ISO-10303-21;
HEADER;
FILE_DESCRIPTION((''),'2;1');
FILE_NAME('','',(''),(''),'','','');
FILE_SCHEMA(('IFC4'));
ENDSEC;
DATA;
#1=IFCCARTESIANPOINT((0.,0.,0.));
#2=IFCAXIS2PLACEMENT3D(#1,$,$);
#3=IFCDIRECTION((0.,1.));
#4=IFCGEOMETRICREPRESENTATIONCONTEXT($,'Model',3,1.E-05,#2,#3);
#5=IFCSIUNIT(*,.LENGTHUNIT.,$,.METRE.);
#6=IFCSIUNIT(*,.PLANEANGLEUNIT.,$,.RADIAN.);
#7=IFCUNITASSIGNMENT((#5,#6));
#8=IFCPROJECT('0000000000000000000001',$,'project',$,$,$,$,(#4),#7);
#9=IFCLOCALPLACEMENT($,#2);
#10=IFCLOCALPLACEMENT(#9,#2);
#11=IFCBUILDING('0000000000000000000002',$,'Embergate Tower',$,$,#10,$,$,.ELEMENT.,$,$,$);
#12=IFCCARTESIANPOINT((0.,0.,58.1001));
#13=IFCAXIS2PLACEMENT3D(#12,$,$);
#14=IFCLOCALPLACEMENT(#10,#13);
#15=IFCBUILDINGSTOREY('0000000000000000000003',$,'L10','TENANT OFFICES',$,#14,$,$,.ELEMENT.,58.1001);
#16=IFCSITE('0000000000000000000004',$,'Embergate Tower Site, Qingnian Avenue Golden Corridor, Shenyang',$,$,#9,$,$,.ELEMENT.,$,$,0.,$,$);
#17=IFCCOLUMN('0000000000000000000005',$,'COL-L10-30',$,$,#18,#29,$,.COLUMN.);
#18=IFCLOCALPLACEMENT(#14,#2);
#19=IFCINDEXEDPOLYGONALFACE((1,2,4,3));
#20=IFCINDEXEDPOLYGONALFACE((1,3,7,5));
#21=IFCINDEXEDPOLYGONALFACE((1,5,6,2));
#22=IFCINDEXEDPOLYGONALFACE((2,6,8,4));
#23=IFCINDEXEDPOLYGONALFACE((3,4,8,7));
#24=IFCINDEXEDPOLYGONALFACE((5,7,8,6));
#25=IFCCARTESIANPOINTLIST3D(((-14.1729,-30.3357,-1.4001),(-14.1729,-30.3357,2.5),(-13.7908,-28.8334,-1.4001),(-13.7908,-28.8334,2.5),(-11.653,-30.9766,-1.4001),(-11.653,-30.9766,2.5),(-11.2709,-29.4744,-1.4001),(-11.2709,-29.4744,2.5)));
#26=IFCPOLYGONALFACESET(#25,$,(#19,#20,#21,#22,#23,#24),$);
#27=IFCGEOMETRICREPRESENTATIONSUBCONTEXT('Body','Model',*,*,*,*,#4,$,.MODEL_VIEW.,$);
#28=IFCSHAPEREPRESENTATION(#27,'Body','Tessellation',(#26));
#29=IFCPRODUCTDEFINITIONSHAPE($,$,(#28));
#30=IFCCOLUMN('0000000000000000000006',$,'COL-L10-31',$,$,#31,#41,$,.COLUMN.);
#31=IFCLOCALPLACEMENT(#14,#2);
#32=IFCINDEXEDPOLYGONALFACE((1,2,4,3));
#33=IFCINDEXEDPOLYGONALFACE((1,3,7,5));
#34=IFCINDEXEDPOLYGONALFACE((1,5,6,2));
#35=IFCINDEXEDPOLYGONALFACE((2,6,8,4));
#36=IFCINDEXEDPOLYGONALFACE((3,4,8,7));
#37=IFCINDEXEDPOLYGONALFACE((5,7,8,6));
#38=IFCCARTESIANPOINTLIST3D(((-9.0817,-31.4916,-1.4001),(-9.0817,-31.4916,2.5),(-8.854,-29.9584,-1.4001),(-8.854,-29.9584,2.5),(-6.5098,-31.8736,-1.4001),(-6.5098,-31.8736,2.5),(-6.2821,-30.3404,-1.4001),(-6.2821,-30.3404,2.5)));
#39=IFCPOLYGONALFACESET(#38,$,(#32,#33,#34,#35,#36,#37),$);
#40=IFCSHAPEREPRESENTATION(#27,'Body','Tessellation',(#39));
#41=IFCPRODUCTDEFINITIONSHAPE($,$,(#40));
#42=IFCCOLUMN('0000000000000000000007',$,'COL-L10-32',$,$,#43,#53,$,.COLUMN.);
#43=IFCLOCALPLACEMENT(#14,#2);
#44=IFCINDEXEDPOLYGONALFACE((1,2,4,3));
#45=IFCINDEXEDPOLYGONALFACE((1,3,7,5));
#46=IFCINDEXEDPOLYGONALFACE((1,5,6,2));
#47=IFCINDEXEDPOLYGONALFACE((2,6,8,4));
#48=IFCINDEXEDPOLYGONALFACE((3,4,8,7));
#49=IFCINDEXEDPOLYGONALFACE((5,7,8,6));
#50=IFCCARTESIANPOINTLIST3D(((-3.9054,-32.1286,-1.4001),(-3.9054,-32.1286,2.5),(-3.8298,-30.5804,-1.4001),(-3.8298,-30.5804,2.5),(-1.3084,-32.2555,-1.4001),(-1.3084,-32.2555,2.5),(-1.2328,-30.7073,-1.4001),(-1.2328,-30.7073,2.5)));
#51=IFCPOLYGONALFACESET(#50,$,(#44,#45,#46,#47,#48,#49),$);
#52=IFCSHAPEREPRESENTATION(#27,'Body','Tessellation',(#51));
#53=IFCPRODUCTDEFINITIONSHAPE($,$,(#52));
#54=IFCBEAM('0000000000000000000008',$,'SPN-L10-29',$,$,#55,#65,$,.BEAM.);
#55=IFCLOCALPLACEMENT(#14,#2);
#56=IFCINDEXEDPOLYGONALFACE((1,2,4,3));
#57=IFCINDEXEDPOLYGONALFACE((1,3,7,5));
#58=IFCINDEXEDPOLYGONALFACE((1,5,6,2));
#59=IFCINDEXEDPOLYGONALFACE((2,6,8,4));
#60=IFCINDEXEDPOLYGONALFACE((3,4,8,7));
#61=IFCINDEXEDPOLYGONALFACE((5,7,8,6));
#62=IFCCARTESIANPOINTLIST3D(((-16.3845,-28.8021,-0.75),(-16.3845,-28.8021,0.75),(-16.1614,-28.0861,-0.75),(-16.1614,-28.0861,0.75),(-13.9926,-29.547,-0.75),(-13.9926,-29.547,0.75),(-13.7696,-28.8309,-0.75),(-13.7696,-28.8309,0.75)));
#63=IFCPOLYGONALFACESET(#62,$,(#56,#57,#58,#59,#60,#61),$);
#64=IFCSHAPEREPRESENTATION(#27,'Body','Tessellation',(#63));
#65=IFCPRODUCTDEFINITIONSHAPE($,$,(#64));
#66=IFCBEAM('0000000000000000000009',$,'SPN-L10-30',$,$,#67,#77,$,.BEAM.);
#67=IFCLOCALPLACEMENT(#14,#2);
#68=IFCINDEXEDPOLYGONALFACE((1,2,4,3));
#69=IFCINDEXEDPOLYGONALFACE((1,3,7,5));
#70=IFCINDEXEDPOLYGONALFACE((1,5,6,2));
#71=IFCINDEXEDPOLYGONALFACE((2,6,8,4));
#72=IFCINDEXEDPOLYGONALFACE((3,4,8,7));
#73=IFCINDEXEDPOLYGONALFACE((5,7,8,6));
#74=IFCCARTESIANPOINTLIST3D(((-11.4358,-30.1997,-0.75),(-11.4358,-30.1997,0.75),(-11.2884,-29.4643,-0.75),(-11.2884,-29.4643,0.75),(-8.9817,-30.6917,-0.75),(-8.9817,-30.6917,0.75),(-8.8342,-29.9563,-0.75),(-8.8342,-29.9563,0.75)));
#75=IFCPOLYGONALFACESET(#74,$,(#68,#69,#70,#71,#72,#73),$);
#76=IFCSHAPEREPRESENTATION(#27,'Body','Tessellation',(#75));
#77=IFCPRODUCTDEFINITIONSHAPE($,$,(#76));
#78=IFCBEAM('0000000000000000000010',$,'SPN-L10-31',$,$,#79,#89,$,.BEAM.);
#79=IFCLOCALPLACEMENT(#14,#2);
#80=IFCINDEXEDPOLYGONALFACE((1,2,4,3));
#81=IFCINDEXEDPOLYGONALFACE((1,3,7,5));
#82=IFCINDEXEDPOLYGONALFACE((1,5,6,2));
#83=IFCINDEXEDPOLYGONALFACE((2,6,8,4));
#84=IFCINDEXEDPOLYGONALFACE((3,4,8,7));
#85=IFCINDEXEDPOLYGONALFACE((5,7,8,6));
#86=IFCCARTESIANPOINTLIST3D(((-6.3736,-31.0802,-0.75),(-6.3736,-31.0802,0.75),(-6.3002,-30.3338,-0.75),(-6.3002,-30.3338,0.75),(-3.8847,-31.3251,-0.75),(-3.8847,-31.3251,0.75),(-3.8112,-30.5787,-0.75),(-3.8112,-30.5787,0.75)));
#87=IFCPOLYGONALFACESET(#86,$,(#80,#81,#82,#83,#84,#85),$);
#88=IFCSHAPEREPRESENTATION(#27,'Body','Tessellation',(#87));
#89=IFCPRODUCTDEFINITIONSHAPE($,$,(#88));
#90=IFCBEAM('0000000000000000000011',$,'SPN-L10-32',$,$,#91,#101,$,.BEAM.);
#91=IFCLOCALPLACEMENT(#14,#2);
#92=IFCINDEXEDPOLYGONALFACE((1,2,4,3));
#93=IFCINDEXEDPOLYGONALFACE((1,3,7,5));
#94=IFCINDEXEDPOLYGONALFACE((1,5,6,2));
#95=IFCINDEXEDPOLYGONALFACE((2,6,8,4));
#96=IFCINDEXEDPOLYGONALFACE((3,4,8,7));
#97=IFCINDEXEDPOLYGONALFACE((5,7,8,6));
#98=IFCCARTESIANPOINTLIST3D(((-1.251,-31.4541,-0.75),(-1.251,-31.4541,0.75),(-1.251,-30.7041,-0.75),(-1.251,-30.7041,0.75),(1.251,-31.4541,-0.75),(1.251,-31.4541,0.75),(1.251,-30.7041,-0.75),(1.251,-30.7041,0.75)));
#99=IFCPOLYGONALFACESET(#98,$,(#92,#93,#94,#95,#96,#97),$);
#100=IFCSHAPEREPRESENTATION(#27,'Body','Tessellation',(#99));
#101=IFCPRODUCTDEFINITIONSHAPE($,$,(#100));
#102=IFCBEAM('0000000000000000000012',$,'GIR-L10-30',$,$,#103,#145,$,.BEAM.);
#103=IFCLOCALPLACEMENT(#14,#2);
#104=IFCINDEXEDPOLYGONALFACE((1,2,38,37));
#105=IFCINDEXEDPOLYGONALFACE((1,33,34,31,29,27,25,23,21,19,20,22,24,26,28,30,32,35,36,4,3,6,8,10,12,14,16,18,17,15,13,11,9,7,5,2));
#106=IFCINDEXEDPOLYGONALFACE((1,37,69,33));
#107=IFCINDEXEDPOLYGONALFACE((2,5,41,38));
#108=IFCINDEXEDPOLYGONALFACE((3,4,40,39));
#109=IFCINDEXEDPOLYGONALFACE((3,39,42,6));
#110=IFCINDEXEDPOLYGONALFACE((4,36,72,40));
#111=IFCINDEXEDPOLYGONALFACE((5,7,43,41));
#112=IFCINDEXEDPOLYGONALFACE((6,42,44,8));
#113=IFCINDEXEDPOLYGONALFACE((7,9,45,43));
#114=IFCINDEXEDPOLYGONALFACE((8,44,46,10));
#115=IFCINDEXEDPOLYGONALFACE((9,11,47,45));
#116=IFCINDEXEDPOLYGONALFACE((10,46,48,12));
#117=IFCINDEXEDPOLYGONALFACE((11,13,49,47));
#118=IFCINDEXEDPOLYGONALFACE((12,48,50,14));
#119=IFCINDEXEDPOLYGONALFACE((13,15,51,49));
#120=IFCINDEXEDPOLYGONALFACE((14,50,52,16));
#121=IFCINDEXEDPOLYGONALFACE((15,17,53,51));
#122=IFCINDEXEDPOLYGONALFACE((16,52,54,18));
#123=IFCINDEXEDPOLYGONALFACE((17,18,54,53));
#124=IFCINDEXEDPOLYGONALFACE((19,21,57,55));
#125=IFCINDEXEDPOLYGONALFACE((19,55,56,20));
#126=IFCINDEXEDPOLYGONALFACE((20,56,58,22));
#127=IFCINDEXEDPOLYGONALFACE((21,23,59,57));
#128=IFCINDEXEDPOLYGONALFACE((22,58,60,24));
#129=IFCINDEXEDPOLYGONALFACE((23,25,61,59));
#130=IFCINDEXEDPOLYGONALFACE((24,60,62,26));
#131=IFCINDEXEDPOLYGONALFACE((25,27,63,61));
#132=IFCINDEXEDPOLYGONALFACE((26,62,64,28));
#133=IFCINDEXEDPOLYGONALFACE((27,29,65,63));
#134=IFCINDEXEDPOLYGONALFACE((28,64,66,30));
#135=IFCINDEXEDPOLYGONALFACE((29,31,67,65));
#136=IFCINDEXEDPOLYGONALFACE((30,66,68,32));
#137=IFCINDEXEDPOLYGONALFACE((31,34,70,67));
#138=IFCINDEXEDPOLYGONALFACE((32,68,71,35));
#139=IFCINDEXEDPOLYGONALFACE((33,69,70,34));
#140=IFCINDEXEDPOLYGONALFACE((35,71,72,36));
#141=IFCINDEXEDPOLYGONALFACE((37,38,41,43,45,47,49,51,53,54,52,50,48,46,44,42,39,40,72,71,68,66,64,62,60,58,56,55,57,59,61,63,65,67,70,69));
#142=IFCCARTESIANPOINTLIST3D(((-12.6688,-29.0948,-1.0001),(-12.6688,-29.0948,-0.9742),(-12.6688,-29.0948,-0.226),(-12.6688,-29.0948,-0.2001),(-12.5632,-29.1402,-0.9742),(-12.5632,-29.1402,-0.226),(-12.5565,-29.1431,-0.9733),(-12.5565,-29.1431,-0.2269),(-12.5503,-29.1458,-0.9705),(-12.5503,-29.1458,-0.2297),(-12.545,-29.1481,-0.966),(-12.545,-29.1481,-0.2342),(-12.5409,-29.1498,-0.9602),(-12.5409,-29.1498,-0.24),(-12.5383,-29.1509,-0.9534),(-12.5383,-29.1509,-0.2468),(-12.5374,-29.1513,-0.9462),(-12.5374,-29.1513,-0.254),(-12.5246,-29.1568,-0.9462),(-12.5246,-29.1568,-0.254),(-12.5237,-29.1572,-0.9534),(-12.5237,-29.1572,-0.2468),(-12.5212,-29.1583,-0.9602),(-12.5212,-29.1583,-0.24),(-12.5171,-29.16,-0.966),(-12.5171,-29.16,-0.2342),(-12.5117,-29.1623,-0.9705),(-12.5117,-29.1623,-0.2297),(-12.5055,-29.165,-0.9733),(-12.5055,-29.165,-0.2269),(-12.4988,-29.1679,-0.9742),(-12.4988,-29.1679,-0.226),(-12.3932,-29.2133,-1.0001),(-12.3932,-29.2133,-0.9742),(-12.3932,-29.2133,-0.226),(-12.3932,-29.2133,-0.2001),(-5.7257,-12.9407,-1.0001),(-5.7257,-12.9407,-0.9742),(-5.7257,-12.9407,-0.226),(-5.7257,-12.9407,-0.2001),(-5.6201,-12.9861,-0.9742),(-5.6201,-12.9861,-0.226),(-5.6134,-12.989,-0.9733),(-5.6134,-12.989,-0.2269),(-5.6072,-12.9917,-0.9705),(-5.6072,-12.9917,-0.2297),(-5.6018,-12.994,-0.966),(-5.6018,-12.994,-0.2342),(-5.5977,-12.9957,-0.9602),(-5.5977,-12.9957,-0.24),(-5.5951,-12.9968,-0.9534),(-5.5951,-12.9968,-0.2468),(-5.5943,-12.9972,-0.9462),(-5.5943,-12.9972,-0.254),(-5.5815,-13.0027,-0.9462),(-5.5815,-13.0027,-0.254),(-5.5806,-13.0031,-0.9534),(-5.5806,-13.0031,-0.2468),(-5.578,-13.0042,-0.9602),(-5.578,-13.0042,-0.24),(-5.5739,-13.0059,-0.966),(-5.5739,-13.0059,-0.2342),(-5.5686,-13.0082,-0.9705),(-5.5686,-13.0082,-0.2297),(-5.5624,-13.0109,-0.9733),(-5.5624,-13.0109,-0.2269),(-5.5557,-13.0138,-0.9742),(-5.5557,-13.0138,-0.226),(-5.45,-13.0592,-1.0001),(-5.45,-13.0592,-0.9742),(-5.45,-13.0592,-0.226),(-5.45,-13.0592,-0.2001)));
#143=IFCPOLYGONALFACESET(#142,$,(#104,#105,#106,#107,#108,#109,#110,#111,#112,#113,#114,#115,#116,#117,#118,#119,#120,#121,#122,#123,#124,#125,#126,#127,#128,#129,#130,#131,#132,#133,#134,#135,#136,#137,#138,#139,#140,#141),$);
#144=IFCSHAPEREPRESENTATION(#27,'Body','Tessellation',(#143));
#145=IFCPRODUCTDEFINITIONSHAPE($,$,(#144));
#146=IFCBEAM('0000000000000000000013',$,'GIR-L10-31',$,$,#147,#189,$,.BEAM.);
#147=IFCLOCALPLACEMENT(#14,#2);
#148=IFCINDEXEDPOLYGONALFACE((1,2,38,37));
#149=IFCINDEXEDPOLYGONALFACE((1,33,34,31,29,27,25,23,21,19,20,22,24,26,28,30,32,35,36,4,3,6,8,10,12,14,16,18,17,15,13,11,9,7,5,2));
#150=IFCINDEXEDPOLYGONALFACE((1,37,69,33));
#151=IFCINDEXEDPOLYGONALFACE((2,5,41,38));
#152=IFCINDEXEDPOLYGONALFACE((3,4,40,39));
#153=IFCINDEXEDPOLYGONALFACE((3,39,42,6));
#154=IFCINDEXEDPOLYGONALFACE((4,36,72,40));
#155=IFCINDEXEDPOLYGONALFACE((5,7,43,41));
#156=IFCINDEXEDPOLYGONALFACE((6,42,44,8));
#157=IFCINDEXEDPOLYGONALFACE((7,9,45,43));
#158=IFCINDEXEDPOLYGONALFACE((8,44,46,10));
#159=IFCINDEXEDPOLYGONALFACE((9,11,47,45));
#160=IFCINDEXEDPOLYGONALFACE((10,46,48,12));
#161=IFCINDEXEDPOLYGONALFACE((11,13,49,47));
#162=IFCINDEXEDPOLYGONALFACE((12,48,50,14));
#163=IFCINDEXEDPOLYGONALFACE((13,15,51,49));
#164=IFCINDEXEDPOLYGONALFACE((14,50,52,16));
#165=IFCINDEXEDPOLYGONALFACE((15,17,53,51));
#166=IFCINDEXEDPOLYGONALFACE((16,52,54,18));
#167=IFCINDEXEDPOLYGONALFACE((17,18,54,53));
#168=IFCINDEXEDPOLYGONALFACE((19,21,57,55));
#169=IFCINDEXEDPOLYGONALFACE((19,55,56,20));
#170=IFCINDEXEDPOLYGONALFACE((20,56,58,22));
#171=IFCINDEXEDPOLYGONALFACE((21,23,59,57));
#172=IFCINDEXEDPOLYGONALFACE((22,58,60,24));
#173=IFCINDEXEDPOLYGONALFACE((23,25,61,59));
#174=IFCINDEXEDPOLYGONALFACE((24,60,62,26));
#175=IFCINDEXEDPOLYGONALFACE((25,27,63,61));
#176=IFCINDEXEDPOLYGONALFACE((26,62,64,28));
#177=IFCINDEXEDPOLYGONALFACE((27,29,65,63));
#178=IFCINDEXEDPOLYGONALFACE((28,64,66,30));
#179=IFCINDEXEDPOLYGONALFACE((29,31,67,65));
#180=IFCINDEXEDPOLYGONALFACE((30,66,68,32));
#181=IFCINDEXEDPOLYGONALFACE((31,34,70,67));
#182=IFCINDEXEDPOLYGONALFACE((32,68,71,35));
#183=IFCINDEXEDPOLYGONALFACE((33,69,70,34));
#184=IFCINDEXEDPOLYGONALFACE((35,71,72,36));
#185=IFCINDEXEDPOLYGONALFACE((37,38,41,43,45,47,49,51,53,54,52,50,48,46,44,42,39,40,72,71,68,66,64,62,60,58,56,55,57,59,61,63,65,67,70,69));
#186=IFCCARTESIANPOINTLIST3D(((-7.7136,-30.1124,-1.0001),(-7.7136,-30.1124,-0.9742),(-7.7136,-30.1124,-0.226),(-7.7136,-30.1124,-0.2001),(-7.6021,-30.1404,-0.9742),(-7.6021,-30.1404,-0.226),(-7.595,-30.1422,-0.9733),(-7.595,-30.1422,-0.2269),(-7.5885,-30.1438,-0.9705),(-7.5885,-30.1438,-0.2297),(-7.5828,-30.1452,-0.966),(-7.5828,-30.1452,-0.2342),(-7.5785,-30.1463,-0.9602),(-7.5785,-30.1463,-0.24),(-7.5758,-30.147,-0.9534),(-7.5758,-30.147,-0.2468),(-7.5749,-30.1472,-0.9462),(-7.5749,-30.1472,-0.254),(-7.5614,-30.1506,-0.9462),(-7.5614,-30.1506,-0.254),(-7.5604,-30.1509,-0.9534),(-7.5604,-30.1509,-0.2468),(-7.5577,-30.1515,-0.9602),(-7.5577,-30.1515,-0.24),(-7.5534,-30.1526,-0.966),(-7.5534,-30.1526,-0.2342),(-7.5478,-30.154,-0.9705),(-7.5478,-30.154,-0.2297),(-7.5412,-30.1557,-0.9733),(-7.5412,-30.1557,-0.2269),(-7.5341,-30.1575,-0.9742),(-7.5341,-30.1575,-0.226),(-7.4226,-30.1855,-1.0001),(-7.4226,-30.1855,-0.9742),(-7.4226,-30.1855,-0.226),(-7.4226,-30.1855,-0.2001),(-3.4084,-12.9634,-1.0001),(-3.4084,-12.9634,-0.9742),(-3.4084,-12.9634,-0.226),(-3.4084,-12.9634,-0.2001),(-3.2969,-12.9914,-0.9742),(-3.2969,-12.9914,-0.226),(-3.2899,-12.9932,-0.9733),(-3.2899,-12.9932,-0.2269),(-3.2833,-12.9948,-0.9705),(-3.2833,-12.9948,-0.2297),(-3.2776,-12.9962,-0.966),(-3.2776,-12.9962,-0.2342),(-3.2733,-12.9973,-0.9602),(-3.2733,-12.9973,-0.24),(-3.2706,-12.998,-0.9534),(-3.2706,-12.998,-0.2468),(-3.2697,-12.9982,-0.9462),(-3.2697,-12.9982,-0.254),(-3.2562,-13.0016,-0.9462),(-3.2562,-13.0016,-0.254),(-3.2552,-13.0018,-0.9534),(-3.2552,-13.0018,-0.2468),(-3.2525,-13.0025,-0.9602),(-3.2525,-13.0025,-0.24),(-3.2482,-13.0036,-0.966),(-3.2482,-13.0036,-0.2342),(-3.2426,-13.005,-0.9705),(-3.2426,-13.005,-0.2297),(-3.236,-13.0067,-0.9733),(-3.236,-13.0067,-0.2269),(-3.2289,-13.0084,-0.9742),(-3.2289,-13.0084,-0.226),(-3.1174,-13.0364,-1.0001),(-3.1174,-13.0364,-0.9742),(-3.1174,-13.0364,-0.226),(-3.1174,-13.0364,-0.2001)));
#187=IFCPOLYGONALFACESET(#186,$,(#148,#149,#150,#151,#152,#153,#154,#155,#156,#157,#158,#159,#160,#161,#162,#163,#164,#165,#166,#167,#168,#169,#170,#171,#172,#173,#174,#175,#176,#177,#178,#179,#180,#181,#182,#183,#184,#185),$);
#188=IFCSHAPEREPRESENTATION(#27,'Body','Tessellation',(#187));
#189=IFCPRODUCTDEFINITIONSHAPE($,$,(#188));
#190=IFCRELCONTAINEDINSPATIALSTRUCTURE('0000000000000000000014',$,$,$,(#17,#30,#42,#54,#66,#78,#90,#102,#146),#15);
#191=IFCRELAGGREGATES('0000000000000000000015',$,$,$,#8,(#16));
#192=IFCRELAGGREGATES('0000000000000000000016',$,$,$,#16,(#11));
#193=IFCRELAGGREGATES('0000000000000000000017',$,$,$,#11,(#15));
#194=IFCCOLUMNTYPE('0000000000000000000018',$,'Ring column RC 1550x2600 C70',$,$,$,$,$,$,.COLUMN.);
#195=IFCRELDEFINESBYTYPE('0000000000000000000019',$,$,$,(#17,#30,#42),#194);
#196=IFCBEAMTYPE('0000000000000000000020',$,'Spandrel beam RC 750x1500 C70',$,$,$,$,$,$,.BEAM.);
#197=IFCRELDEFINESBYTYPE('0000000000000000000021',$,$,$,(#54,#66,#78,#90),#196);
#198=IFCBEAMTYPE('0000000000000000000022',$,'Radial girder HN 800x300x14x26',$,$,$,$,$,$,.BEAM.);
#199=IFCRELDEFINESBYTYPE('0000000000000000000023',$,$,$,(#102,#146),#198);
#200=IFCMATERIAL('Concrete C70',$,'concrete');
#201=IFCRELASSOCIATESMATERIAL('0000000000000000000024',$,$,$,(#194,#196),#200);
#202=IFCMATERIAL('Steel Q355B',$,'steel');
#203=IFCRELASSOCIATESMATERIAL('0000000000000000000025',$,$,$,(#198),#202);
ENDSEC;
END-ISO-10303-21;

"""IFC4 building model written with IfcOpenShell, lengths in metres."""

from ifc_helpers import new_model, si_unit, direction, frame, origin, origin_2d, place, context, subcontext, project, spatial, rectangle, i_section, extrude, source, transform, mapped, material, material_profile, profile_set, type_object, element, save


model = new_model("IFC4")

# Units and contexts
model_context = context("Model", 3, precision=1e-05, world=origin(), true_north=direction((0.0, 1.0)))
body_context = subcontext(model_context, "Body", "Model", "MODEL_VIEW")
ifc_project = project(units=[si_unit("LENGTHUNIT", "METRE"), si_unit("PLANEANGLEUNIT", "RADIAN")], contexts=[model_context])

# Site, building, storey
site_placement = place(None, origin())
site = spatial("IfcSite", under=ifc_project, at=site_placement, Name="Embergate Tower Site, Qingnian Avenue Golden Corridor, Shenyang", CompositionType="ELEMENT", RefElevation=0.0)
building_placement = place(site_placement, origin())
building = spatial("IfcBuilding", under=site, at=building_placement, Name="Embergate Tower", CompositionType="ELEMENT")
storey_placement = place(building_placement, frame((0.0, 0.0, 58.1001)))
storey = spatial("IfcBuildingStorey", under=building, at=storey_placement, Name="L10", Description="TENANT OFFICES", CompositionType="ELEMENT", Elevation=58.1001)

# Columns
ifc_material_1 = material(Name="Concrete C70", Category="concrete")
ifc_material_profile_1 = material_profile(ifc_material_1, rectangle(XDim=1.55, YDim=2.6001, at=origin_2d()), Name="RC 1550x2600")
ifc_profile_set_1 = profile_set([ifc_material_profile_1], Name="Concrete C70")
column_type = type_object("IfcColumnType", Name="Ring column RC 1550x2600 C70", PredefinedType="COLUMN", material=ifc_profile_set_1)
shared_shape_1 = source(origin(), body_context, "Body", "SweptSolid", [
    extrude(rectangle(XDim=1.55, YDim=2.6001, at=origin_2d()), origin(), (0.0, 0.0, 1.0), 3.9001),
])
for number, where, z_axis, x_axis, name in (
    (1, (-12.7219, -29.905, -1.4001), (0.0, 0.0, 1.0), (-0.246509, -0.969141, 0.0), "COL-L10-30"),
    (2, (-7.6819, -30.916, -1.4001), (0.0, 0.0, 1.0), (-0.146929, -0.989147, 0.0), "COL-L10-31"),
    (3, (-2.5691, -31.418, -1.4001), (0.0, 0.0, 1.0), (-0.048815, -0.998808, 0.0), "COL-L10-32"),
):
    element("IfcColumn", number, at=place(storey_placement, frame(where, z_axis=z_axis, x_axis=x_axis)), inside=storey, type_object=column_type, Name=name, PredefinedType="COLUMN", context=body_context, shape_type="MappedRepresentation", body=[
        mapped(shared_shape_1, transform((0.0, 0.0, 0.0))),
    ])

# Beams
ifc_material_profile_2 = material_profile(ifc_material_1, rectangle(XDim=0.75, YDim=1.5, at=origin_2d()), Name="RC 750x1500")
ifc_profile_set_2 = profile_set([ifc_material_profile_2], Name="Concrete C70")
beam_type_1 = type_object("IfcBeamType", Name="Spandrel beam RC 750x1500 C70", PredefinedType="BEAM", material=ifc_profile_set_2)
shared_shape_2 = source(origin(), body_context, "Body", "SweptSolid", [
    extrude(rectangle(XDim=0.75, YDim=1.5, at=origin_2d()), origin(), (0.0, 0.0, 1.0), 2.5051),
])
beam_1_placement = place(storey_placement, frame((-16.2729, -28.4441, 0.0), z_axis=(0.954773, -0.297337, 0.0), x_axis=(0.297337, 0.954773, 0.0)))
element("IfcBeam", 4, at=beam_1_placement, inside=storey, type_object=beam_type_1, Name="SPN-L10-29", PredefinedType="BEAM", context=body_context, shape_type="MappedRepresentation", body=[
    mapped(shared_shape_2, transform((0.0, 0.0, 0.0))),
])
shared_shape_3 = source(origin(), body_context, "Body", "SweptSolid", [
    extrude(rectangle(XDim=0.75, YDim=1.5, at=origin_2d()), origin(), (0.0, 0.0, 1.0), 2.5029),
])
beam_2_placement = place(storey_placement, frame((-11.3621, -29.832, 0.0), z_axis=(0.980494, -0.196548, 0.0), x_axis=(0.196548, 0.980494, 0.0)))
element("IfcBeam", 5, at=beam_2_placement, inside=storey, type_object=beam_type_1, Name="SPN-L10-30", PredefinedType="BEAM", context=body_context, shape_type="MappedRepresentation", body=[
    mapped(shared_shape_3, transform((0.0, 0.0, 0.0))),
])
shared_shape_4 = source(origin(), body_context, "Body", "SweptSolid", [
    extrude(rectangle(XDim=0.75, YDim=1.5, at=origin_2d()), origin(), (0.0, 0.0, 1.0), 2.501),
])
beam_3_placement = place(storey_placement, frame((-6.3369, -30.707, 0.0), z_axis=(0.995195, -0.097909, 0.0), x_axis=(0.097909, 0.995195, 0.0)))
element("IfcBeam", 6, at=beam_3_placement, inside=storey, type_object=beam_type_1, Name="SPN-L10-31", PredefinedType="BEAM", context=body_context, shape_type="MappedRepresentation", body=[
    mapped(shared_shape_4, transform((0.0, 0.0, 0.0))),
])
shared_shape_5 = source(origin(), body_context, "Body", "SweptSolid", [
    extrude(rectangle(XDim=0.75, YDim=1.5, at=origin_2d()), origin(), (0.0, 0.0, 1.0), 2.502),
])
beam_4_placement = place(storey_placement, frame((-1.251, -31.0791, 0.0), z_axis=(1.0, 0.0, 0.0), x_axis=(0.0, 1.0, 0.0)))
element("IfcBeam", 7, at=beam_4_placement, inside=storey, type_object=beam_type_1, Name="SPN-L10-32", PredefinedType="BEAM", context=body_context, shape_type="MappedRepresentation", body=[
    mapped(shared_shape_5, transform((0.0, 0.0, 0.0))),
])
ifc_material_2 = material(Name="Steel Q355B", Category="steel")
ifc_material_profile_3 = material_profile(ifc_material_2, i_section(OverallWidth=0.3, OverallDepth=0.8, WebThickness=0.0139, FlangeThickness=0.0259, FilletRadius=0.0281, at=origin_2d()), Name="HN 800x300x14x26")
ifc_profile_set_3 = profile_set([ifc_material_profile_3], Name="Steel Q355 grade B")
beam_type_2 = type_object("IfcBeamType", Name="Radial girder HN 800x300x14x26", PredefinedType="BEAM", material=ifc_profile_set_3)
shared_shape_6 = source(origin(), body_context, "Body", "SweptSolid", [
    extrude(i_section(OverallWidth=0.3, OverallDepth=0.8, WebThickness=0.0139, FlangeThickness=0.0259, FilletRadius=0.0281, at=origin_2d()), origin(), (0.0, 0.0, 1.0), 17.583),
])
beam_5_placement = place(storey_placement, frame((-12.531, -29.1541, -0.6001), z_axis=(0.394878, 0.918734, 0.0), x_axis=(-0.918734, 0.394878, 0.0)))
element("IfcBeam", 8, at=beam_5_placement, inside=storey, type_object=beam_type_2, Name="GIR-L10-30", PredefinedType="BEAM", context=body_context, shape_type="MappedRepresentation", body=[
    mapped(shared_shape_6, transform((0.0, 0.0, 0.0))),
])
shared_shape_7 = source(origin(), body_context, "Body", "SweptSolid", [
    extrude(i_section(OverallWidth=0.3, OverallDepth=0.8, WebThickness=0.0139, FlangeThickness=0.0259, FilletRadius=0.0281, at=origin_2d()), origin(), (0.0, 0.0, 1.0), 17.6812),
])
beam_6_placement = place(storey_placement, frame((-7.5681, -30.1489, -0.6001), z_axis=(0.243491, 0.969903, 0.0), x_axis=(-0.969903, 0.243491, 0.0)))
element("IfcBeam", 9, at=beam_6_placement, inside=storey, type_object=beam_type_2, Name="GIR-L10-31", PredefinedType="BEAM", context=body_context, shape_type="MappedRepresentation", body=[
    mapped(shared_shape_7, transform((0.0, 0.0, 0.0))),
])

save(model, "model.ifc")
